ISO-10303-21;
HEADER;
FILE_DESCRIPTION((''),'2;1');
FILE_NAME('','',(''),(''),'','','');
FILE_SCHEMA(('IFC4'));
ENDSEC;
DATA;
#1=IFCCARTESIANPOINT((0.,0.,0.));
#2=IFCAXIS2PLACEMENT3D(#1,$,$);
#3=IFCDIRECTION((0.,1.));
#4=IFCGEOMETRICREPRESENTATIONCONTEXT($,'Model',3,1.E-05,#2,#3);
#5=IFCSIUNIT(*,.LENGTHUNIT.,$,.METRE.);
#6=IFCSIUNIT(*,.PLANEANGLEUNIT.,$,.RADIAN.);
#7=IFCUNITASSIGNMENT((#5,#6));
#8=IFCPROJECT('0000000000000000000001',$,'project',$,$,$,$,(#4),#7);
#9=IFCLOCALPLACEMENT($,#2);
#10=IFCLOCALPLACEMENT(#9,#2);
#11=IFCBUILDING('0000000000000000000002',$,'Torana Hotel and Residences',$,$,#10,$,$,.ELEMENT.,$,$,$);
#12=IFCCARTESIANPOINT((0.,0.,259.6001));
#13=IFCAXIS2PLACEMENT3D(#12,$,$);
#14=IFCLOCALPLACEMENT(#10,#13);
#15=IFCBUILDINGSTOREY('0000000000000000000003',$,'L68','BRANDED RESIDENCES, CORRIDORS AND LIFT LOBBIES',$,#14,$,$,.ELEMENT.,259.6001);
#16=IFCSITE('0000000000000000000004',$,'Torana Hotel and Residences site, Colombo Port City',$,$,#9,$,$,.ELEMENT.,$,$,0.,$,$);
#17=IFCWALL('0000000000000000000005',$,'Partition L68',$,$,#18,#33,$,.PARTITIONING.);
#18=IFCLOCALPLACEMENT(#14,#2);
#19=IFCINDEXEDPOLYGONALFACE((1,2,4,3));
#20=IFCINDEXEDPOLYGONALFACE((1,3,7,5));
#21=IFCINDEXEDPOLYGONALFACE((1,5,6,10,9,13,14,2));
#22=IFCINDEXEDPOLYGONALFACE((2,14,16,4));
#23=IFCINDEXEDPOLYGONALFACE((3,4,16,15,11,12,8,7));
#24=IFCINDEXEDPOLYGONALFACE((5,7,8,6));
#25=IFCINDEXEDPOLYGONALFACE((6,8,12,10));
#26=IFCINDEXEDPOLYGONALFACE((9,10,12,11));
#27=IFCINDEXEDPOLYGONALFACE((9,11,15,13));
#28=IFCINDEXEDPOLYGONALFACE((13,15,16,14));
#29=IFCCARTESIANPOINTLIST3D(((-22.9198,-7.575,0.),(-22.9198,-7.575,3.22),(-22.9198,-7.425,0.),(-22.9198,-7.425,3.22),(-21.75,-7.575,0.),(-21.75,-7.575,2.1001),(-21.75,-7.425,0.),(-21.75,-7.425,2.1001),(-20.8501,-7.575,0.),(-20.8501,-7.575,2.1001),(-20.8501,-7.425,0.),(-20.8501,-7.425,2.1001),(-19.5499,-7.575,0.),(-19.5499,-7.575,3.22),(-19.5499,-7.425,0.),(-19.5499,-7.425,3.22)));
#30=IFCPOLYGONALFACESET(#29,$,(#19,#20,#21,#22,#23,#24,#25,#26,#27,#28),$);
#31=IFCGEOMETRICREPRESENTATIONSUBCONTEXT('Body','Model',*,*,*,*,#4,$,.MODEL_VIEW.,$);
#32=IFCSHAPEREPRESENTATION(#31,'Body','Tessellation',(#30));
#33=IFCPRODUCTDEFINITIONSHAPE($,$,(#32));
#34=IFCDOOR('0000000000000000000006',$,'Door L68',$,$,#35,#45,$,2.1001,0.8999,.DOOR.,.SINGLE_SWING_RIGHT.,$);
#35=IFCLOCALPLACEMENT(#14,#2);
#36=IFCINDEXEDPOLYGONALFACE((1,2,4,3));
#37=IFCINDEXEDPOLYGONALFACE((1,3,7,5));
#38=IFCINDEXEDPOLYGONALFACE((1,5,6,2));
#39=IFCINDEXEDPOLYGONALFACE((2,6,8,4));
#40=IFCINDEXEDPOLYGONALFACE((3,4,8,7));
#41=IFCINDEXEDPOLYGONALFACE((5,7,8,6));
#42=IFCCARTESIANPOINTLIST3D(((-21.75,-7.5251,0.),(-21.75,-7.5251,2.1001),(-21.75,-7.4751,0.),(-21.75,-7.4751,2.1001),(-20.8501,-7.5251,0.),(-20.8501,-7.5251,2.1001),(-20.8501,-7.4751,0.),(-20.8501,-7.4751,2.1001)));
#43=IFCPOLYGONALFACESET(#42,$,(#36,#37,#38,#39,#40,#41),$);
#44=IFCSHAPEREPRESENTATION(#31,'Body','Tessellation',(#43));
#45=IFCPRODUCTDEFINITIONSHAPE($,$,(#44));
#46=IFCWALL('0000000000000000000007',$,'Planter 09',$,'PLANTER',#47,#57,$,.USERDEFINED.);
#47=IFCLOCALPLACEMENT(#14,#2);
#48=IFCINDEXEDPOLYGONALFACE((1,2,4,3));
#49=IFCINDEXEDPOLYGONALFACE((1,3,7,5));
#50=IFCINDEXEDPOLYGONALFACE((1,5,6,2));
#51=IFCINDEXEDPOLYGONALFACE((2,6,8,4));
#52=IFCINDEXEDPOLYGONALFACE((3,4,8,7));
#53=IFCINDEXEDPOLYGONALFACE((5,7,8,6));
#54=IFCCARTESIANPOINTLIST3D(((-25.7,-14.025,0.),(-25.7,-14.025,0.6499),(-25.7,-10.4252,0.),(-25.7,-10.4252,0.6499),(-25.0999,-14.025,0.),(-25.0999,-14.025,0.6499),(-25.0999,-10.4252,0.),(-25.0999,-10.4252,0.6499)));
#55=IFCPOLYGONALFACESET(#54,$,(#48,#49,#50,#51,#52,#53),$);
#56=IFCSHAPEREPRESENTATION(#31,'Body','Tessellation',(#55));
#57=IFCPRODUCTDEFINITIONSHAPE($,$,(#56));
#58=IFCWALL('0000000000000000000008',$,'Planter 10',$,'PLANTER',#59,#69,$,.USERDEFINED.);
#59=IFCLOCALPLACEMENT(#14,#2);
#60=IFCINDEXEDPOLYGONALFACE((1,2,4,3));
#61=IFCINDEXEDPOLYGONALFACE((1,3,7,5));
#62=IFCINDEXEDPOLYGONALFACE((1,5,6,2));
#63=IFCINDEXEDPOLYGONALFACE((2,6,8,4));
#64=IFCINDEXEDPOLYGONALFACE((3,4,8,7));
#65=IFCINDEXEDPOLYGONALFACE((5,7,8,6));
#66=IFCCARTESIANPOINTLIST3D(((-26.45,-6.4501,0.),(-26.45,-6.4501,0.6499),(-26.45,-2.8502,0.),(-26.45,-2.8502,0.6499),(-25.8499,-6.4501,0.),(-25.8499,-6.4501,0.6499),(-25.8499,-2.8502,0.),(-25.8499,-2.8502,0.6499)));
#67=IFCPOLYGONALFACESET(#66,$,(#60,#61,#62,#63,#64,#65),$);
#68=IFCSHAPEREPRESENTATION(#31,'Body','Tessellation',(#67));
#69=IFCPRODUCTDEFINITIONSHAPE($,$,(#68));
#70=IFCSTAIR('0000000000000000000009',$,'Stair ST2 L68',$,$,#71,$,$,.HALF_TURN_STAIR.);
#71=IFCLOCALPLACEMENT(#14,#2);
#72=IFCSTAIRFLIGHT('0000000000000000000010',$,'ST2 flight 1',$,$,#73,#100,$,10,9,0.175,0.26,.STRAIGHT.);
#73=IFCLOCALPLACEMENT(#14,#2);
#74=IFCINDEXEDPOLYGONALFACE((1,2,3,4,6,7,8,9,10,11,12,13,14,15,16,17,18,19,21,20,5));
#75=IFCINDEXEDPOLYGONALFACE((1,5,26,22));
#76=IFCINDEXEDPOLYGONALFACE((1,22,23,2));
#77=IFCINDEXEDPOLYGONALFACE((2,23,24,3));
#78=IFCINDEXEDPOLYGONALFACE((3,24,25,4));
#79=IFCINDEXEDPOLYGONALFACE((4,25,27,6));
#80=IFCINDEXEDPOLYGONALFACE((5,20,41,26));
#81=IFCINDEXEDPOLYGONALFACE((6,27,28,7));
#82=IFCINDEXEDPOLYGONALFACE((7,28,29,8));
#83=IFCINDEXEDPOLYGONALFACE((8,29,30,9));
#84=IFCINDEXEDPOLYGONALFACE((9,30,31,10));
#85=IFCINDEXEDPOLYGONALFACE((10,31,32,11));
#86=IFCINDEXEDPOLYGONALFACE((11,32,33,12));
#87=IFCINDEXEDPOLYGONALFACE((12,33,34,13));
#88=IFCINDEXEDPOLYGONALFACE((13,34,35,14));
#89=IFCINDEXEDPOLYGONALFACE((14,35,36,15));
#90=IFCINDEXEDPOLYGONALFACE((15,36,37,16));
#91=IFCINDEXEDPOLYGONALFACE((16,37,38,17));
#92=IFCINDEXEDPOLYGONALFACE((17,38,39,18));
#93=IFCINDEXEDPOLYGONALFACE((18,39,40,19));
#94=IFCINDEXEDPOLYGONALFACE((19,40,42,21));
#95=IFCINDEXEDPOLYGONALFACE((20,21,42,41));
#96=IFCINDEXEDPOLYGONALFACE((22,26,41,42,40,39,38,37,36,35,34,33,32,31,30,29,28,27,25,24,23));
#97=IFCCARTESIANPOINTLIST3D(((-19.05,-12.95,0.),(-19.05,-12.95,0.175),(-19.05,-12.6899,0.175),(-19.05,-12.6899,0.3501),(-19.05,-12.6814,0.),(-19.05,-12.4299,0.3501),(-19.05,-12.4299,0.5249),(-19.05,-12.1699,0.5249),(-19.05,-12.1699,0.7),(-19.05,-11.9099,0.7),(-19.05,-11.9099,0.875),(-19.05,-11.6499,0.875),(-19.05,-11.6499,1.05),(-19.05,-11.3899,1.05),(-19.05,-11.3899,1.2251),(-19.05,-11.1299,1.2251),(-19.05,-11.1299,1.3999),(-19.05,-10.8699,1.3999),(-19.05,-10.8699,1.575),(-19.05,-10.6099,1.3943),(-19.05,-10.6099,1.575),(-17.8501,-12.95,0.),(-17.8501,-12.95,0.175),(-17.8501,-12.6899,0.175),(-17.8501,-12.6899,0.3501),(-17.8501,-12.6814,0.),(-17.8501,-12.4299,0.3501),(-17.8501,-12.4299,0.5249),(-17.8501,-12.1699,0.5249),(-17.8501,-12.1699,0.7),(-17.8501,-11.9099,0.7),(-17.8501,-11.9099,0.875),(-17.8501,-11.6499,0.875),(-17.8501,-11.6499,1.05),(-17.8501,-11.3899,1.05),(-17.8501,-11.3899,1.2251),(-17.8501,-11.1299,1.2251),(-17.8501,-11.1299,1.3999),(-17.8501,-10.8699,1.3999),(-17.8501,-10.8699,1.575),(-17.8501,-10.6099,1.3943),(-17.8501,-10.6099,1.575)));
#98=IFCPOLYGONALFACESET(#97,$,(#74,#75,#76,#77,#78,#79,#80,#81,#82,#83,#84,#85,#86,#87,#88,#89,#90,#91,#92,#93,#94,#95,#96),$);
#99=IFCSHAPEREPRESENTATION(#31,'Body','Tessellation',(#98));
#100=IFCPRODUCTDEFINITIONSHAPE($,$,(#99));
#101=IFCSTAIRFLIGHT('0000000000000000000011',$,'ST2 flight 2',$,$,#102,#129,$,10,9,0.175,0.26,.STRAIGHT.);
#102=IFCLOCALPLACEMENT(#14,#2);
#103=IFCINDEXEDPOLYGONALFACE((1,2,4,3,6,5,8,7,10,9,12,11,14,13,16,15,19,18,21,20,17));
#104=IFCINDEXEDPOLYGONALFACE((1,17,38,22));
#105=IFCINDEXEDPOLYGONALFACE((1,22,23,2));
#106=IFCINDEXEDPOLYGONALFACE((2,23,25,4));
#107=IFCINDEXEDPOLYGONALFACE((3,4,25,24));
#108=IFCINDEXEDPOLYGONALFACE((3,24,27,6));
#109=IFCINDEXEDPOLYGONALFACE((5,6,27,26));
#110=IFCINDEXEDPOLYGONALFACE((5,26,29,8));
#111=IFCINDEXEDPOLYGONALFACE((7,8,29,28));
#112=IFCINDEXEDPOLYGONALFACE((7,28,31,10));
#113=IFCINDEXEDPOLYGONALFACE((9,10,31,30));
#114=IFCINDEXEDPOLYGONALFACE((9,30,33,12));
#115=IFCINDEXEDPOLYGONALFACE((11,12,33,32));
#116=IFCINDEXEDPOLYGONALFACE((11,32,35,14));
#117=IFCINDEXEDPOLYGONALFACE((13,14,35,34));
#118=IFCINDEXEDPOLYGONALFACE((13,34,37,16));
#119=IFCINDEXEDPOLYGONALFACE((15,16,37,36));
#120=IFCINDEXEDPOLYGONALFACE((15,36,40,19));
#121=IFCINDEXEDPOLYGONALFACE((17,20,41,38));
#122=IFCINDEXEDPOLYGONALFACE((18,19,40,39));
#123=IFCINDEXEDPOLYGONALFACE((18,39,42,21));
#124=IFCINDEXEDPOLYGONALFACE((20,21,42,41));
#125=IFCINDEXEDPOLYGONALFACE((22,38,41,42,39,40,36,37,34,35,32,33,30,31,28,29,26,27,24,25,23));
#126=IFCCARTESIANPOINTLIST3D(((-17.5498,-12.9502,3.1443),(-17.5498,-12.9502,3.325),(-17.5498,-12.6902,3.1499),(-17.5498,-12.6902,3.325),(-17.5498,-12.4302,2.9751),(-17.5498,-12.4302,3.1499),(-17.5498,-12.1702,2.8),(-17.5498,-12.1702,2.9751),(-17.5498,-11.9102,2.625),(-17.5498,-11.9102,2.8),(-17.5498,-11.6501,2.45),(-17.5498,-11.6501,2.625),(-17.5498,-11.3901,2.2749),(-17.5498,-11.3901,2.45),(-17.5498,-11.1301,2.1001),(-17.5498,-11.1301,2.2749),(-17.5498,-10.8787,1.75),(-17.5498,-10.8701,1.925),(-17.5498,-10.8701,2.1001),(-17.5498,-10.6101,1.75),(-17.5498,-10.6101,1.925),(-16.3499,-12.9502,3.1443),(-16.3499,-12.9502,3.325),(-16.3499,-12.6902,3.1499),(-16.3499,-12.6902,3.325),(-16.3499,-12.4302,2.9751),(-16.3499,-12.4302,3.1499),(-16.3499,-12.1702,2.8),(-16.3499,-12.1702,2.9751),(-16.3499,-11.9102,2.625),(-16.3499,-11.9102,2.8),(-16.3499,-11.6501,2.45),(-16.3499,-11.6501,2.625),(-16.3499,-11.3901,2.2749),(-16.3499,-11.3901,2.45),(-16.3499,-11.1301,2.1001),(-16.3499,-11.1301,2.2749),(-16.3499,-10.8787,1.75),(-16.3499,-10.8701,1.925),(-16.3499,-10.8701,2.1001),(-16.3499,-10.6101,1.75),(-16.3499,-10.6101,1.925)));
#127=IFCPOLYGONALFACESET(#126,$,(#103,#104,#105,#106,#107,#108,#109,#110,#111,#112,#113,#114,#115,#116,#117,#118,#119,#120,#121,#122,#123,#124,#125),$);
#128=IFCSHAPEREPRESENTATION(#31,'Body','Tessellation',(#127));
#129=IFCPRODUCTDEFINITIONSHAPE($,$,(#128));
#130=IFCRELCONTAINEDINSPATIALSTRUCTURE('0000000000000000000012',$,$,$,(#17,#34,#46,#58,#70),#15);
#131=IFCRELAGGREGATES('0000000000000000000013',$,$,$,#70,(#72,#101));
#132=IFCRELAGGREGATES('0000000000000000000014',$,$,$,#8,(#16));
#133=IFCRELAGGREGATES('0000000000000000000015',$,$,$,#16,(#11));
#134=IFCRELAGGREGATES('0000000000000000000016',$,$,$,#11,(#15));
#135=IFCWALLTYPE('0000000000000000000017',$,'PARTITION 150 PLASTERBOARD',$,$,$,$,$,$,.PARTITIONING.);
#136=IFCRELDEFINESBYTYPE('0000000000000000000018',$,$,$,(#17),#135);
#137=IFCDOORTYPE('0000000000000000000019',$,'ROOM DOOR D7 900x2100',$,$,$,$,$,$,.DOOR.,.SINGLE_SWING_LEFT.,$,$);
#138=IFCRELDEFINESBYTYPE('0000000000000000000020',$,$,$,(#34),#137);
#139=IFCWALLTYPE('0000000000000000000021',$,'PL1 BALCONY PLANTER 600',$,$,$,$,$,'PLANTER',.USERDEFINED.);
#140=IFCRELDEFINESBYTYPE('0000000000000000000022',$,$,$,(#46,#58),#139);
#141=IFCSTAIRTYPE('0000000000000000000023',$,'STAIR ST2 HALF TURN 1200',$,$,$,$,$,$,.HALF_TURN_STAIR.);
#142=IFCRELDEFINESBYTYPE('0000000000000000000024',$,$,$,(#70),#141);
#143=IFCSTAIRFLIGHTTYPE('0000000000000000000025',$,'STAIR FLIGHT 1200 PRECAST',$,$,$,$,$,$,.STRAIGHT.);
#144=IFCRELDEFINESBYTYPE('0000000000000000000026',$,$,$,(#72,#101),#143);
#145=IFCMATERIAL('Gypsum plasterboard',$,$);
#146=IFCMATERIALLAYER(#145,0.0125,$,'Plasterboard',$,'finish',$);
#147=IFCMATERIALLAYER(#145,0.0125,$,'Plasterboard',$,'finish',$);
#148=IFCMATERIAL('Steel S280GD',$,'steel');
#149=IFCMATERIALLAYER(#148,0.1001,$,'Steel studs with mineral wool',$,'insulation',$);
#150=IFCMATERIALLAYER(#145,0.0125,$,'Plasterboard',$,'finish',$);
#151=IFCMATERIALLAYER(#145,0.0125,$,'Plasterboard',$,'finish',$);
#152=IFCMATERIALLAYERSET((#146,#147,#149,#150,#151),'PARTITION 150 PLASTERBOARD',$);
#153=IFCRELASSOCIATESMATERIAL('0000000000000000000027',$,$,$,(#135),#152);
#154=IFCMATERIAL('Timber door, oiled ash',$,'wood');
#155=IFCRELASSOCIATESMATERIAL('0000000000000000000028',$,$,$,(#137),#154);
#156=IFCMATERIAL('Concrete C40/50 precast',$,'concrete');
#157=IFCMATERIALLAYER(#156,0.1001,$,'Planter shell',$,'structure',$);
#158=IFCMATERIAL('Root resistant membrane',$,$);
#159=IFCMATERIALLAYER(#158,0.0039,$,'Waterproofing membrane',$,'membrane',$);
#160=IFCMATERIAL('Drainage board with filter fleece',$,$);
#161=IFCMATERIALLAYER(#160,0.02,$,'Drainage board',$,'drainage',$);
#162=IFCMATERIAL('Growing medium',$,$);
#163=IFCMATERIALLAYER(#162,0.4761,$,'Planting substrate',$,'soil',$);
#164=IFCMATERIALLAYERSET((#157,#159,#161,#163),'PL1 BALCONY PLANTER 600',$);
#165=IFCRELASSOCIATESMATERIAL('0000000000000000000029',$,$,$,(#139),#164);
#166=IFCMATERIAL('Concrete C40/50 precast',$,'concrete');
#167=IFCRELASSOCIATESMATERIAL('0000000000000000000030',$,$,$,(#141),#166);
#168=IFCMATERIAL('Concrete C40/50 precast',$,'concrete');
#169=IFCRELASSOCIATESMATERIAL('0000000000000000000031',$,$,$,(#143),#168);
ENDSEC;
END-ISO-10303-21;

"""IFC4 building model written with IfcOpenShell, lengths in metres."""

from ifc_helpers import new_model, si_unit, direction, frame, frame_2d, origin, place, context, subcontext, project, spatial, polyline, rectangle, outline, extrude, material, layer, layer_set, type_object, element, fill, aggregate, save


model = new_model("IFC4")

# Units and contexts
model_context = context("Model", 3, precision=1e-05, world=origin(), true_north=direction((0.0, 1.0)))
body_context = subcontext(model_context, "Body", "Model", "MODEL_VIEW")
ifc_project = project(units=[si_unit("LENGTHUNIT", "METRE"), si_unit("PLANEANGLEUNIT", "RADIAN")], contexts=[model_context])

# Site, building, storey
site_placement = place(None, origin())
site = spatial("IfcSite", under=ifc_project, at=site_placement, Name="Torana Hotel and Residences site, Colombo Port City", CompositionType="ELEMENT", RefElevation=0.0)
building_placement = place(site_placement, origin())
building = spatial("IfcBuilding", under=site, at=building_placement, Name="Torana Hotel and Residences", CompositionType="ELEMENT")
storey_placement = place(building_placement, frame((0.0, 0.0, 259.6001)))
storey = spatial("IfcBuildingStorey", under=building, at=storey_placement, Name="L68", Description="BRANDED RESIDENCES, CORRIDORS AND LIFT LOBBIES", CompositionType="ELEMENT", Elevation=259.6001)

# Wall, opening, door
ifc_material_1 = material(Name="Gypsum plasterboard")
ifc_layer_1 = layer(ifc_material_1, 0.0125, Name="Plasterboard", Category="finish")
ifc_layer_2 = layer(ifc_material_1, 0.0125, Name="Plasterboard", Category="finish")
ifc_material_2 = material(Name="Steel S280GD", Category="steel")
ifc_layer_3 = layer(ifc_material_2, 0.1001, Name="Steel studs with mineral wool", Category="insulation")
ifc_layer_4 = layer(ifc_material_1, 0.0125, Name="Plasterboard", Category="finish")
ifc_layer_5 = layer(ifc_material_1, 0.0125, Name="Plasterboard", Category="finish")
ifc_layer_set_1 = layer_set([ifc_layer_1, ifc_layer_2, ifc_layer_3, ifc_layer_4, ifc_layer_5], Name="PARTITION 150 PLASTERBOARD")
wall_type_1 = type_object("IfcWallType", Name="PARTITION 150 PLASTERBOARD", PredefinedType="PARTITIONING", material=ifc_layer_set_1)
wall_1_placement = place(storey_placement, frame((-22.9199, -7.5, 0.0), z_axis=(0.0, 0.0, 1.0), x_axis=(1.0, 0.0, 0.0)))
wall_1 = element("IfcWall", 1, at=wall_1_placement, inside=storey, type_object=wall_type_1, Name="Partition L68", PredefinedType="PARTITIONING", context=body_context, shape_type="SweptSolid", body=[
    extrude(rectangle(XDim=3.3699, YDim=0.1499, at=frame_2d((1.6851, 0.0))), origin(), (0.0, 0.0, 1.0), 3.22),
])
opening_1_placement = place(wall_1_placement, frame((1.1699, 0.0, 0.0)))
opening_1 = element("IfcOpeningElement", 2, at=opening_1_placement, cuts=wall_1, PredefinedType="OPENING", context=body_context, shape_type="SweptSolid", body=[
    extrude(rectangle(XDim=0.8999, YDim=2.1001, at=frame_2d((0.45, 1.05))), frame((0.0, 0.085, 0.0), z_axis=(0.0, -1.0, 0.0), x_axis=(1.0, 0.0, 0.0)), (0.0, 0.0, 1.0), 0.1699),
])
ifc_material_3 = material(Name="Timber door, oiled ash", Category="wood")
door_type_1 = type_object("IfcDoorType", Name="ROOM DOOR D7 900x2100", OperationType="SINGLE_SWING_LEFT", PredefinedType="DOOR", material=ifc_material_3)
door_1_placement = place(opening_1_placement, origin())
door_1 = element("IfcDoor", 3, at=door_1_placement, inside=storey, type_object=door_type_1, Name="Door L68", OperationType="SINGLE_SWING_RIGHT", OverallHeight=2.1001, OverallWidth=0.8999, PredefinedType="DOOR", context=body_context, shape_type="SweptSolid", body=[
    extrude(rectangle(XDim=0.8999, YDim=2.1001, at=frame_2d((0.45, 1.05))), frame((0.0, 0.0249, 0.0), z_axis=(0.0, -1.0, 0.0), x_axis=(1.0, 0.0, 0.0)), (0.0, 0.0, 1.0), 0.05),
])
fill(opening_1, door_1)

# Walls
ifc_material_4 = material(Name="Concrete C40/50 precast", Category="concrete")
ifc_layer_6 = layer(ifc_material_4, 0.1001, Name="Planter shell", Category="structure")
ifc_material_5 = material(Name="Root resistant membrane")
ifc_layer_7 = layer(ifc_material_5, 0.0039, Name="Waterproofing membrane", Category="membrane")
ifc_material_6 = material(Name="Drainage board with filter fleece")
ifc_layer_8 = layer(ifc_material_6, 0.02, Name="Drainage board", Category="drainage")
ifc_material_7 = material(Name="Growing medium")
ifc_layer_9 = layer(ifc_material_7, 0.4761, Name="Planting substrate", Category="soil")
ifc_layer_set_2 = layer_set([ifc_layer_6, ifc_layer_7, ifc_layer_8, ifc_layer_9], Name="PL1 BALCONY PLANTER 600")
wall_type_2 = type_object("IfcWallType", Name="PL1 BALCONY PLANTER 600", ElementType="PLANTER", PredefinedType="USERDEFINED", material=ifc_layer_set_2)
for number, where, z_axis, x_axis, name in (
    (4, (-25.3999, -14.0249, 0.0), (0.0, 0.0, 1.0), (0.0, 1.0, 0.0), "Planter 09"),
    (5, (-26.1499, -6.45, 0.0), (0.0, 0.0, 1.0), (0.0, 1.0, 0.0), "Planter 10"),
):
    element("IfcWall", number, at=place(storey_placement, frame(where, z_axis=z_axis, x_axis=x_axis)), inside=storey, type_object=wall_type_2, Name=name, ObjectType="PLANTER", PredefinedType="USERDEFINED", context=body_context, shape_type="SweptSolid", body=[
        extrude(rectangle(XDim=3.5999, YDim=0.6001, at=frame_2d((1.7998, 0.0))), origin(), (0.0, 0.0, 1.0), 0.6499),
    ])

# Stair, stair flights
ifc_material_8 = material(Name="Concrete C40/50 precast", Category="concrete")
stair_type = type_object("IfcStairType", Name="STAIR ST2 HALF TURN 1200", PredefinedType="HALF_TURN_STAIR", material=ifc_material_8)
stair_placement = place(storey_placement, origin())
stair = element("IfcStair", 6, at=stair_placement, inside=storey, type_object=stair_type, Name="Stair ST2 L68", PredefinedType="HALF_TURN_STAIR")
ifc_material_9 = material(Name="Concrete C40/50 precast", Category="concrete")
stair_flight_type = type_object("IfcStairFlightType", Name="STAIR FLIGHT 1200 PRECAST", PredefinedType="STRAIGHT", material=ifc_material_9)
stair_flight_1_placement = place(storey_placement, frame((-18.45, -12.95, 0.0), z_axis=(0.0, 0.0, 1.0), x_axis=(0.0, 1.0, 0.0)))
stair_flight_1 = element("IfcStairFlight", 7, at=stair_flight_1_placement, type_object=stair_flight_type, Name="ST2 flight 1", NumberOfRisers=10, NumberOfTreads=9, PredefinedType="STRAIGHT", RiserHeight=0.175, TreadLength=0.26, context=body_context, shape_type="SweptSolid", body=[
    extrude(outline(polyline([(0.0, 0.0), (0.0, 0.175), (0.26, 0.175), (0.26, 0.3501), (0.52, 0.3501), (0.52, 0.5249), (0.78, 0.5249), (0.78, 0.7), (1.04, 0.7), (1.04, 0.875), (1.3, 0.875), (1.3, 1.05), (1.5601, 1.05), (1.5601, 1.2251), (1.8201, 1.2251), (1.8201, 1.3999), (2.0801, 1.3999), (2.0801, 1.575), (2.3401, 1.575), (2.3401, 1.75), (2.3401, 1.3943), (0.2686, 0.0), (0.0, 0.0)])), frame((0.0, 0.6001, 0.0), z_axis=(0.0, -1.0, 0.0), x_axis=(1.0, 0.0, 0.0)), (0.0, 0.0, 1.0), 1.2),
])
stair_flight_2_placement = place(storey_placement, frame((-16.95, -10.6101, 1.75), z_axis=(0.0, 0.0, 1.0), x_axis=(0.0, -1.0, 0.0)))
stair_flight_2 = element("IfcStairFlight", 8, at=stair_flight_2_placement, type_object=stair_flight_type, Name="ST2 flight 2", NumberOfRisers=10, NumberOfTreads=9, PredefinedType="STRAIGHT", RiserHeight=0.175, TreadLength=0.26, context=body_context, shape_type="SweptSolid", body=[
    extrude(outline(polyline([(0.0, 0.0), (0.0, 0.175), (0.26, 0.175), (0.26, 0.3501), (0.52, 0.3501), (0.52, 0.5249), (0.78, 0.5249), (0.78, 0.7), (1.04, 0.7), (1.04, 0.875), (1.3, 0.875), (1.3, 1.05), (1.5601, 1.05), (1.5601, 1.2251), (1.8201, 1.2251), (1.8201, 1.3999), (2.0801, 1.3999), (2.0801, 1.575), (2.3401, 1.575), (2.3401, 1.75), (2.3401, 1.3943), (0.2686, 0.0), (0.0, 0.0)])), frame((0.0, 0.6001, 0.0), z_axis=(0.0, -1.0, 0.0), x_axis=(1.0, 0.0, 0.0)), (0.0, 0.0, 1.0), 1.2),
])
aggregate(stair, [stair_flight_1, stair_flight_2])

save(model, "model.ifc")
